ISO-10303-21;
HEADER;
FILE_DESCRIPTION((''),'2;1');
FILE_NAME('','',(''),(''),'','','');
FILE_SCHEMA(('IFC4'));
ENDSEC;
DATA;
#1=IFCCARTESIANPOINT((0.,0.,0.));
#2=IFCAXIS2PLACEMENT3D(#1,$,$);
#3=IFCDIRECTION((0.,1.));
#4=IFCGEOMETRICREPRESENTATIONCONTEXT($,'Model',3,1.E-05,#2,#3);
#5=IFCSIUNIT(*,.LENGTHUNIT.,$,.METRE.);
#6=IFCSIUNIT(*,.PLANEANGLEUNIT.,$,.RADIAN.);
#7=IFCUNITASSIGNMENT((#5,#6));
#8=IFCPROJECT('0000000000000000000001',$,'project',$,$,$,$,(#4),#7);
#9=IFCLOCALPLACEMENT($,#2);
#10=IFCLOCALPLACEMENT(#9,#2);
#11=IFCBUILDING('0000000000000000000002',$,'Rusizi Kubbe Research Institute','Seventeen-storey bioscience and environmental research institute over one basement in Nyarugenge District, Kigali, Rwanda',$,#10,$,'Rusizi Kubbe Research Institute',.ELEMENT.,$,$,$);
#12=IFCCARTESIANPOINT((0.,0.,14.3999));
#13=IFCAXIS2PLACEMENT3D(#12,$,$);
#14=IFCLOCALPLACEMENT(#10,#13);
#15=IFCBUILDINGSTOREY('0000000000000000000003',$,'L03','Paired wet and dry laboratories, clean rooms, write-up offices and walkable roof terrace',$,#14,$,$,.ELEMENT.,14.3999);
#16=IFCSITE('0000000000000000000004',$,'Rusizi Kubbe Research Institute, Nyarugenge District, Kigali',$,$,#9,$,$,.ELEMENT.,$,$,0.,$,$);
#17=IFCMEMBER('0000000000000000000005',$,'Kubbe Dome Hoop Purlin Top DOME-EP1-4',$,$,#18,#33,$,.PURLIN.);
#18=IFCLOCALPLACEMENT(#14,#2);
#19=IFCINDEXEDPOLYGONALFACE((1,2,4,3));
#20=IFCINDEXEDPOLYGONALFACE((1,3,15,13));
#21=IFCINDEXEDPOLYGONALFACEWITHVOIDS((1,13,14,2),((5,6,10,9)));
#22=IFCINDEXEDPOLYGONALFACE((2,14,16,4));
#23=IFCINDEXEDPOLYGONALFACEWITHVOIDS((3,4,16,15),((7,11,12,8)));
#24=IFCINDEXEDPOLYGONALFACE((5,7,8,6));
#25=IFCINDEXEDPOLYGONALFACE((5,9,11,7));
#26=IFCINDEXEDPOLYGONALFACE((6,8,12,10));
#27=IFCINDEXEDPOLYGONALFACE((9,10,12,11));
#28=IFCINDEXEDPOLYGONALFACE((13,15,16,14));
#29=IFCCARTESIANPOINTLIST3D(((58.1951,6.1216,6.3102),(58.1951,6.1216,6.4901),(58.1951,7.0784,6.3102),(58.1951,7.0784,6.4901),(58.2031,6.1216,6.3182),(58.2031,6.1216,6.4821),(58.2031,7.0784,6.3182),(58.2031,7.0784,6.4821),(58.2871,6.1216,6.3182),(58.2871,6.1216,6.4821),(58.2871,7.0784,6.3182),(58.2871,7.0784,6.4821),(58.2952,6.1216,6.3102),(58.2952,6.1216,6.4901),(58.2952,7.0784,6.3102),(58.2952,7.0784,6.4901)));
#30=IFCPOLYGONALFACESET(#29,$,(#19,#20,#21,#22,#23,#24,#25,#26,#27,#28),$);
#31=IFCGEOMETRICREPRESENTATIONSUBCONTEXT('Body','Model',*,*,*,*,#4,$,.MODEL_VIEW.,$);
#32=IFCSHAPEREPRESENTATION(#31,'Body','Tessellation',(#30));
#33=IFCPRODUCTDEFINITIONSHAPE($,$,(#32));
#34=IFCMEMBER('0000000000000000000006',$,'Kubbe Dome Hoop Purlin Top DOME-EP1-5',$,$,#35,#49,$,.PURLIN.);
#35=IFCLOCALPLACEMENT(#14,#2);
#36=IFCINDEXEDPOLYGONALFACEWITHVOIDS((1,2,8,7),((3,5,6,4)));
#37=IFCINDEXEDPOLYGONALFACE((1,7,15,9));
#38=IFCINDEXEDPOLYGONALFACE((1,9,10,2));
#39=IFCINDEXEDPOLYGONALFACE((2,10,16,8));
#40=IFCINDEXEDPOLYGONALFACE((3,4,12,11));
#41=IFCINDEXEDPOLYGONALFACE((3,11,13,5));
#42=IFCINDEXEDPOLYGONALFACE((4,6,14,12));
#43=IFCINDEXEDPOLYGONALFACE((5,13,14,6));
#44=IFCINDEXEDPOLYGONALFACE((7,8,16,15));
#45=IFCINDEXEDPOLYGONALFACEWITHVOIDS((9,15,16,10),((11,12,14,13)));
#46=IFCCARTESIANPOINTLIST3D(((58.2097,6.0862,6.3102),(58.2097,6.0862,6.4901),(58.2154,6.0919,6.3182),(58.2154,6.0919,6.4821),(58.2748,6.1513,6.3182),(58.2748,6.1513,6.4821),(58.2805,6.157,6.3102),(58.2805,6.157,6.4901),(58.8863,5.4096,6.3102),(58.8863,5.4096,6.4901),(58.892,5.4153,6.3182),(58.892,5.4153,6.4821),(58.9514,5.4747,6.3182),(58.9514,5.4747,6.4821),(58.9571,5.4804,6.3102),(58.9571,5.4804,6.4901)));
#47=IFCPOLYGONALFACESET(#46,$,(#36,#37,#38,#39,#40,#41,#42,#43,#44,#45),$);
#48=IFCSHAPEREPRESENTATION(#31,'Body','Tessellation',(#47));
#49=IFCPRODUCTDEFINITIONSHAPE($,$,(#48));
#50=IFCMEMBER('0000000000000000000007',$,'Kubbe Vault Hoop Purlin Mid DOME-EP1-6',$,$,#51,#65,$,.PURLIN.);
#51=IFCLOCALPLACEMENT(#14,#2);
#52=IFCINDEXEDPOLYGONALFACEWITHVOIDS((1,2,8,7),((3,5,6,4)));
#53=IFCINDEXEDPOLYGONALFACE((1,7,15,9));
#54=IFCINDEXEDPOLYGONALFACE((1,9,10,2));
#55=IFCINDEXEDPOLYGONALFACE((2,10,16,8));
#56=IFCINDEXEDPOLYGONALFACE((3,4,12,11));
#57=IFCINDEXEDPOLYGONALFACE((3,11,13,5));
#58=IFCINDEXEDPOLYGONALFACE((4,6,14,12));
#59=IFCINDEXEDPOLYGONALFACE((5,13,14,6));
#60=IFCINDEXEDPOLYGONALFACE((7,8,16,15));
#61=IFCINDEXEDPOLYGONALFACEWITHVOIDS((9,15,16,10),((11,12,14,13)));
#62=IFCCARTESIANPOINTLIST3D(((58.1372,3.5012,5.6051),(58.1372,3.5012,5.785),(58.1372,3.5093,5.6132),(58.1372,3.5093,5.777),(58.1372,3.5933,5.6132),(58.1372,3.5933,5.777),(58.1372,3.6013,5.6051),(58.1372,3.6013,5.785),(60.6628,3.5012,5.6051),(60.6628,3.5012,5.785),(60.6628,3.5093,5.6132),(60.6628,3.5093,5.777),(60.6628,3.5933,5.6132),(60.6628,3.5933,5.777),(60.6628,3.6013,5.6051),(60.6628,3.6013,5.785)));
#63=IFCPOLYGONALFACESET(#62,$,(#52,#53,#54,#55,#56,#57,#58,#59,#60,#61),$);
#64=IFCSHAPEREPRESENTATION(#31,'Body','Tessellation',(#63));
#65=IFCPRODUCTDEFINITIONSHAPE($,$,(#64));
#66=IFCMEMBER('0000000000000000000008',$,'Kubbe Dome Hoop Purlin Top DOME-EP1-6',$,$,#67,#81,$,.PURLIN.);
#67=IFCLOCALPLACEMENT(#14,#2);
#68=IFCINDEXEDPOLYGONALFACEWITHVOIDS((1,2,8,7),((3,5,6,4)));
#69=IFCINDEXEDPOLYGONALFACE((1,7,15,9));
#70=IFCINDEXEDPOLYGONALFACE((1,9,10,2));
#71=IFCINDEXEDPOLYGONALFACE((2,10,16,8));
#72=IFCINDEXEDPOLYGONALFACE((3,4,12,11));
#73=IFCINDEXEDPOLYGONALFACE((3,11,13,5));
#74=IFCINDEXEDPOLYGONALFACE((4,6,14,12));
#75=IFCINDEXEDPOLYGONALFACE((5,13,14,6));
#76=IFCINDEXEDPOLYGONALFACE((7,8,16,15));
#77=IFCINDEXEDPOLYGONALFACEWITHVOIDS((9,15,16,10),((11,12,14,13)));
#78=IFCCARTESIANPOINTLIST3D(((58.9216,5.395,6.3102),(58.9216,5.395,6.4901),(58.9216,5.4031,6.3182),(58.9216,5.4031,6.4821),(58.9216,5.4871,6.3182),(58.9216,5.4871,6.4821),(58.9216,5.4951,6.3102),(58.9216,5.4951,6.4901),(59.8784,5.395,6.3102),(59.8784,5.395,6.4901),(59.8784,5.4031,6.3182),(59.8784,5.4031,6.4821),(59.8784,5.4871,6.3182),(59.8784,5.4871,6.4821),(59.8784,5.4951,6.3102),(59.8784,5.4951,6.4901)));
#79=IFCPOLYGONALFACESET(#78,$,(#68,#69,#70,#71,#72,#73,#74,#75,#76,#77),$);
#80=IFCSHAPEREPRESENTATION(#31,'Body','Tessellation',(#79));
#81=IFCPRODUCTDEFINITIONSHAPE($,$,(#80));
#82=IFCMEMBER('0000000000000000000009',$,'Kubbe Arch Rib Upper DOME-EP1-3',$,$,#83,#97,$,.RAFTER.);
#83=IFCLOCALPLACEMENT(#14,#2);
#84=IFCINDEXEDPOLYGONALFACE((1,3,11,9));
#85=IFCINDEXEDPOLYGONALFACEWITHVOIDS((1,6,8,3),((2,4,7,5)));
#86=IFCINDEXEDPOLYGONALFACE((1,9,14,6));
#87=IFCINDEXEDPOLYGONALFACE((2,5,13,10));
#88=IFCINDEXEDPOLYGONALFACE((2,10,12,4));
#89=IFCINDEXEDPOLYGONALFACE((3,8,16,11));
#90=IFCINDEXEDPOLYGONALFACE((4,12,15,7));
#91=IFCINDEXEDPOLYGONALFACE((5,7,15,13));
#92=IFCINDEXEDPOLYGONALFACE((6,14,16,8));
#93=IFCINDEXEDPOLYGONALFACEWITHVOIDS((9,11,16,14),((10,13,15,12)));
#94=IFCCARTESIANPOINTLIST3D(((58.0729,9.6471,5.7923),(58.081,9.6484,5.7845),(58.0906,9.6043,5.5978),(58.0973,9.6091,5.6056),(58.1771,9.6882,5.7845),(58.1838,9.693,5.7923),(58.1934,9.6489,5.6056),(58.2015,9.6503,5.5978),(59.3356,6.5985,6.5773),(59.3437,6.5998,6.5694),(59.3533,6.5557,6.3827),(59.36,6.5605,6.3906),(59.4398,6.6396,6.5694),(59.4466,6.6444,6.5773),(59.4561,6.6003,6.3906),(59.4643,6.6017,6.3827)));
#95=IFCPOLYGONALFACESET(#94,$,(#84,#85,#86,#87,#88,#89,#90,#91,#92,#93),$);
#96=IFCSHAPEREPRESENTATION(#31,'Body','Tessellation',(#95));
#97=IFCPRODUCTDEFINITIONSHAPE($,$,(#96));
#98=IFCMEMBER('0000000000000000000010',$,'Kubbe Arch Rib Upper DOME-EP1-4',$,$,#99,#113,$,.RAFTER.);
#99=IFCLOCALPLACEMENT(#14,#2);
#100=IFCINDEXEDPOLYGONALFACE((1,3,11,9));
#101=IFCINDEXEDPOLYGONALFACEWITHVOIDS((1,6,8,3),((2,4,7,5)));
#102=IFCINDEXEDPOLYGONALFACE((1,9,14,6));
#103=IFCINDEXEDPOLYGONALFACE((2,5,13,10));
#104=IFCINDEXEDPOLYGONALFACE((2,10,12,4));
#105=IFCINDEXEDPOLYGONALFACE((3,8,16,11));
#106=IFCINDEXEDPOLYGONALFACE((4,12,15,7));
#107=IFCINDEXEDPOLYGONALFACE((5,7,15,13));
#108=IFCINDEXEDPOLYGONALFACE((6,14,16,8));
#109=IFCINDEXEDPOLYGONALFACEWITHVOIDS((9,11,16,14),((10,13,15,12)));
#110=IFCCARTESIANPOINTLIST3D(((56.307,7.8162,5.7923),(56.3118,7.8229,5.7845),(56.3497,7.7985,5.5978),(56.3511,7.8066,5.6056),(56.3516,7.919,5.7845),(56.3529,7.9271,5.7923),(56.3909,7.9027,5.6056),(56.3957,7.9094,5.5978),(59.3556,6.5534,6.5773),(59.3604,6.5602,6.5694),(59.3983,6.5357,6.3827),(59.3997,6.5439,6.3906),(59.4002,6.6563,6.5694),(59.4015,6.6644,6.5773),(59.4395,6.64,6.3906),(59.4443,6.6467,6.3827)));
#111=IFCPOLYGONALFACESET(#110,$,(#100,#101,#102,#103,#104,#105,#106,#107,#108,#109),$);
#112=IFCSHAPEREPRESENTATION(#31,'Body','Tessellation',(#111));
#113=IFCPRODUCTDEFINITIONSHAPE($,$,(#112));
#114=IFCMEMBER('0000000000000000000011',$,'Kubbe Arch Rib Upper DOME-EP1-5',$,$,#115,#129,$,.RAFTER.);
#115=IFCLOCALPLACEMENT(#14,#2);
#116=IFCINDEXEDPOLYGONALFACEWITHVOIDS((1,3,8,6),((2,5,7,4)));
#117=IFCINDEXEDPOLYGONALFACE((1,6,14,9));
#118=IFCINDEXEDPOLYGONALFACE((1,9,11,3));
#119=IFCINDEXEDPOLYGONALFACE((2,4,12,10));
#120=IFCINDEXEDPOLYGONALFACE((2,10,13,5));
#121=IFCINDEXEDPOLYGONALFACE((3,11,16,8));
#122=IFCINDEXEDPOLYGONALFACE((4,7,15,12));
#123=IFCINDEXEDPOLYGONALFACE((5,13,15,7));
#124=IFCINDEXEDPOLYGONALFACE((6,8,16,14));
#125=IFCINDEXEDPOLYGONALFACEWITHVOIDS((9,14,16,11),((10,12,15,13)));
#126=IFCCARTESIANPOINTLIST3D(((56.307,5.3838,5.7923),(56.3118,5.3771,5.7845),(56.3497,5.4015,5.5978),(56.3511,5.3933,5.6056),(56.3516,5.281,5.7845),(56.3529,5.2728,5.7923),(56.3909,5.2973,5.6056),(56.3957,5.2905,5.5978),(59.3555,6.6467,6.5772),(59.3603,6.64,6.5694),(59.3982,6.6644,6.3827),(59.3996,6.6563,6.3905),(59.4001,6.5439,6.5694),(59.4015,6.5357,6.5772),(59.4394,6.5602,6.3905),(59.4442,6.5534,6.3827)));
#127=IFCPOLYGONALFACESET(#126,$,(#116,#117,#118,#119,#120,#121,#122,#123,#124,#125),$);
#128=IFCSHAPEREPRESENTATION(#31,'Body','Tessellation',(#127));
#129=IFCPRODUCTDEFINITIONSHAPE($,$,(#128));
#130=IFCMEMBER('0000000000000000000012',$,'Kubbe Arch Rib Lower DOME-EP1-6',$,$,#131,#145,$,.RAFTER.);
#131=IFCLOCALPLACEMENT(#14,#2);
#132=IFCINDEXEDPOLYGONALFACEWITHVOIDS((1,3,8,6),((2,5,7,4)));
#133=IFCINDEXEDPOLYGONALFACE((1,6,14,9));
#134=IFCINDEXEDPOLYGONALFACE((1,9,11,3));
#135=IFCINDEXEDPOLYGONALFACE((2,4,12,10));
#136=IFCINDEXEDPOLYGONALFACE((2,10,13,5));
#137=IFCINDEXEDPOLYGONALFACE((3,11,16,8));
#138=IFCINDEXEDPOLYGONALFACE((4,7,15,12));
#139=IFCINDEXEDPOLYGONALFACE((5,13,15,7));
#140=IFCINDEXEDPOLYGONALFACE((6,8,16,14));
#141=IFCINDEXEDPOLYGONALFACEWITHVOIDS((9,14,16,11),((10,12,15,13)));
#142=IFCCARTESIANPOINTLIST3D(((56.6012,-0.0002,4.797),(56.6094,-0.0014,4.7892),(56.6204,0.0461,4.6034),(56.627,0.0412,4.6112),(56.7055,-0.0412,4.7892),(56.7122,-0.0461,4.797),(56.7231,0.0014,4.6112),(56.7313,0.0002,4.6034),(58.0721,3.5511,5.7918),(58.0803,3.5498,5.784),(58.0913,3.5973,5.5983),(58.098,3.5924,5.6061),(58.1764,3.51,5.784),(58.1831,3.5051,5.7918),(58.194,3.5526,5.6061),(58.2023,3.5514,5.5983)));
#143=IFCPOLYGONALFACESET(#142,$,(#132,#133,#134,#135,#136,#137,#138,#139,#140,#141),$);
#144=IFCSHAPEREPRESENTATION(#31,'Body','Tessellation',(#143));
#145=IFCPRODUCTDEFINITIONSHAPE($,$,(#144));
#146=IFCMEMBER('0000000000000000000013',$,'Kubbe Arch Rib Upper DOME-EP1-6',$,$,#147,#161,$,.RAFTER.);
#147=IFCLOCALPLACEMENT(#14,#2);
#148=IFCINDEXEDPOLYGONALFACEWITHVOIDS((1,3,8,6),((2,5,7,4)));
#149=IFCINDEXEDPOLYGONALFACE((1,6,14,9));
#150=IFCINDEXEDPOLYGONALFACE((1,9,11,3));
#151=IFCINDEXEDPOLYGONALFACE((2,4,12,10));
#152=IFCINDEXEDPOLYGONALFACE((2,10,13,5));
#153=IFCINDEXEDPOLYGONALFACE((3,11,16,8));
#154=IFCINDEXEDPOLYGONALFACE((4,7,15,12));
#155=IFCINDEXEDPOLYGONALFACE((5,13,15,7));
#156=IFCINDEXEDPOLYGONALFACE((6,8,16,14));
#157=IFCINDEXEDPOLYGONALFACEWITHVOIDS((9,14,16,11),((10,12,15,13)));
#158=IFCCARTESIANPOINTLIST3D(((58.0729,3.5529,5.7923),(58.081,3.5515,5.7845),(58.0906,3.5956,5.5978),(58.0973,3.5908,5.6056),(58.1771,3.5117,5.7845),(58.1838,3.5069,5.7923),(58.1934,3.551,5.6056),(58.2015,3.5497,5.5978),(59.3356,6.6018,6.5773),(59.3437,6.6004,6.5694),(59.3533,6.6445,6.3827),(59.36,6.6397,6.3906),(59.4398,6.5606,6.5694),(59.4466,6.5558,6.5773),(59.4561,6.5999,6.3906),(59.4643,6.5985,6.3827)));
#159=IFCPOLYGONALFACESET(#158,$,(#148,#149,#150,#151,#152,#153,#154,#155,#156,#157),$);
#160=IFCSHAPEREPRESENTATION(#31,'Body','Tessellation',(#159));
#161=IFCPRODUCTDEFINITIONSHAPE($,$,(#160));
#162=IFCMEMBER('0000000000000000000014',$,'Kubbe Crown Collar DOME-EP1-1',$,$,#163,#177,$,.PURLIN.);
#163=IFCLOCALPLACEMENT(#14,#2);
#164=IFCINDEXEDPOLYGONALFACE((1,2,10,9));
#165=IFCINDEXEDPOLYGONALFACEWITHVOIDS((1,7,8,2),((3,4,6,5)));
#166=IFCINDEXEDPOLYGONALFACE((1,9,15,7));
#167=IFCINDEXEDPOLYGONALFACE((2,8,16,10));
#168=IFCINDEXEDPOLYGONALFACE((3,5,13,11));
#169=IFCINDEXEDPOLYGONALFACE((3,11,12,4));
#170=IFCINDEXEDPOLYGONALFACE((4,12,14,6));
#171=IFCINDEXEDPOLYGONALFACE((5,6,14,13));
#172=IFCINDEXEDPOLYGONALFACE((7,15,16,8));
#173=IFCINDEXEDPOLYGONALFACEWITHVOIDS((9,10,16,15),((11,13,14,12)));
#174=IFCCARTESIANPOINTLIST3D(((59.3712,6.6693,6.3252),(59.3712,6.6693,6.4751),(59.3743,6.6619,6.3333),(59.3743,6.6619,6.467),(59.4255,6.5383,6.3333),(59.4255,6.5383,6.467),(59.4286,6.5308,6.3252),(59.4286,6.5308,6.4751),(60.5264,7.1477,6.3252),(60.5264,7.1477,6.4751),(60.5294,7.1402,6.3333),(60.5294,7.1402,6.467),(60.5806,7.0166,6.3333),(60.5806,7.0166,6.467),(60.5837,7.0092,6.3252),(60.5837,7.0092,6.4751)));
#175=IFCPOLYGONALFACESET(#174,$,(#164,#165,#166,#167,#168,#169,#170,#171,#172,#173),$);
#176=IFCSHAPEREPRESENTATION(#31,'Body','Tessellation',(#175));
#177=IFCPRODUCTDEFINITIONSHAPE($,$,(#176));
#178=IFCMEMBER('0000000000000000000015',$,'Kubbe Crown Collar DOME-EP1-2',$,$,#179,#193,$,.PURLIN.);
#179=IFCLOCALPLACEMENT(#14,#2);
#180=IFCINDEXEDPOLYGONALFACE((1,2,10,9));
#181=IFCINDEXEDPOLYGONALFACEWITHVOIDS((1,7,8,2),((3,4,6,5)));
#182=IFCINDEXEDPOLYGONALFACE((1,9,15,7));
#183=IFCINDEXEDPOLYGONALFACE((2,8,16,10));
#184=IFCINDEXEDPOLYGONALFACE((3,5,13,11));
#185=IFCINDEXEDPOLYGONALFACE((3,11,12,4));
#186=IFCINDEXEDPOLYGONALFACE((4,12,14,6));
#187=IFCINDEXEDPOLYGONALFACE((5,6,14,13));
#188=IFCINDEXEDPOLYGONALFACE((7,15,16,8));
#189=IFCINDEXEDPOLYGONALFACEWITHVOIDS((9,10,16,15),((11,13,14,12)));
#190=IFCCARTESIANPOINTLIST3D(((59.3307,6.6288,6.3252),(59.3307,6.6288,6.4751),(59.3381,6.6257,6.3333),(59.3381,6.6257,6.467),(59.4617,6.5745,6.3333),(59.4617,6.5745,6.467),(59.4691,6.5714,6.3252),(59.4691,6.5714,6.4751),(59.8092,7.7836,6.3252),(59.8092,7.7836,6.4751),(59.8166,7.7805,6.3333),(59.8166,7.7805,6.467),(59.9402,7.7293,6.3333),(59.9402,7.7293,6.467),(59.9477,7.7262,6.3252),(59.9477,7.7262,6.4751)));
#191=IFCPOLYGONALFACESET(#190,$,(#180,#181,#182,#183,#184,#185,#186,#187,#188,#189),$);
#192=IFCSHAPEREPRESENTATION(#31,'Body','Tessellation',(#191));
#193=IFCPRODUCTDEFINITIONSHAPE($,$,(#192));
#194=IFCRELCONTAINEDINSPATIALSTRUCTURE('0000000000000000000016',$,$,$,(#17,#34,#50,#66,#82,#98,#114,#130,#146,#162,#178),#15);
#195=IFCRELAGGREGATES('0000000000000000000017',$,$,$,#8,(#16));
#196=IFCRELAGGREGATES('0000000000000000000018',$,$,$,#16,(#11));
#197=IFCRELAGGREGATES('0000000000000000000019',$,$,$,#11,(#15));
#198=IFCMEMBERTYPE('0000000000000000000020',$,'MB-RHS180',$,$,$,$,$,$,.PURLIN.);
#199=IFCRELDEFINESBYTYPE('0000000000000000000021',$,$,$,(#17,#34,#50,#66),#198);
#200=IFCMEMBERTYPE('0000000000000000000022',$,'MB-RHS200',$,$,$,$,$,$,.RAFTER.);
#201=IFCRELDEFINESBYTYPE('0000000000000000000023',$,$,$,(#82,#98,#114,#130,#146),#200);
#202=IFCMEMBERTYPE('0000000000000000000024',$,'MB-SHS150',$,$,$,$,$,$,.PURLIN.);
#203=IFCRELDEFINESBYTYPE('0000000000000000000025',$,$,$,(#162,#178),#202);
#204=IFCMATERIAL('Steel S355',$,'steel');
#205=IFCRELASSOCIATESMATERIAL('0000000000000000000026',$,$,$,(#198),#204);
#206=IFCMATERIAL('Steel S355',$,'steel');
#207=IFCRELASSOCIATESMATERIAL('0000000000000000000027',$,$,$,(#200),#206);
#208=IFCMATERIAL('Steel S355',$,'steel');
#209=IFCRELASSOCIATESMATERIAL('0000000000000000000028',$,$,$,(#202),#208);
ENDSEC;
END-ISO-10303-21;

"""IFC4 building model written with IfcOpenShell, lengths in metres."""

from ifc_helpers import new_model, si_unit, direction, frame, origin, origin_2d, place, context, subcontext, project, spatial, hollow_rectangle, extrude, material, material_profile, profile_set, type_object, element, save


model = new_model("IFC4")

# Units and contexts
model_context = context("Model", 3, precision=1e-05, world=origin(), true_north=direction((0.0, 1.0)))
body_context = subcontext(model_context, "Body", "Model", "MODEL_VIEW")
ifc_project = project(units=[si_unit("LENGTHUNIT", "METRE"), si_unit("PLANEANGLEUNIT", "RADIAN")], contexts=[model_context])

# Site, building, storey
site_placement = place(None, origin())
site = spatial("IfcSite", under=ifc_project, at=site_placement, Name="Rusizi Kubbe Research Institute, Nyarugenge District, Kigali", CompositionType="ELEMENT", RefElevation=0.0)
building_placement = place(site_placement, origin())
building = spatial("IfcBuilding", under=site, at=building_placement, Name="Rusizi Kubbe Research Institute", Description="Seventeen-storey bioscience and environmental research institute over one basement in Nyarugenge District, Kigali, Rwanda", LongName="Rusizi Kubbe Research Institute", CompositionType="ELEMENT")
storey_placement = place(building_placement, frame((0.0, 0.0, 14.3999)))
storey = spatial("IfcBuildingStorey", under=building, at=storey_placement, Name="L03", Description="Paired wet and dry laboratories, clean rooms, write-up offices and walkable roof terrace", CompositionType="ELEMENT", Elevation=14.3999)

# Members
ifc_material_1 = material(Name="Steel S355", Category="steel")
ifc_material_profile_1 = material_profile(ifc_material_1, hollow_rectangle(XDim=0.1001, YDim=0.1799, WallThickness=0.0081, at=origin_2d()), Name="RHS 180x100x8.0")
ifc_profile_set_1 = profile_set([ifc_material_profile_1], Name="Steel S355")
member_type_1 = type_object("IfcMemberType", Name="MB-RHS180", PredefinedType="PURLIN", material=ifc_profile_set_1)
for number, where, z_axis, x_axis, name in (
    (1, (58.2451, 7.0784, 6.4001), (0.0, -1.0, 0.0), (1.0, 0.0, 0.0), "Kubbe Dome Hoop Purlin Top DOME-EP1-4"),
    (2, (58.2451, 6.1216, 6.4001), (0.707107, -0.707107, 0.0), (0.707107, 0.707107, 0.0), "Kubbe Dome Hoop Purlin Top DOME-EP1-5"),
):
    element("IfcMember", number, at=place(storey_placement, frame(where, z_axis=z_axis, x_axis=x_axis)), inside=storey, type_object=member_type_1, Name=name, PredefinedType="PURLIN", context=body_context, shape_type="SweptSolid", body=[
        extrude(hollow_rectangle(XDim=0.1001, YDim=0.1799, WallThickness=0.0081, at=origin_2d()), origin(), (0.0, 0.0, 1.0), 0.9568),
    ])
member_1_placement = place(storey_placement, frame((58.1372, 3.5513, 5.6951), z_axis=(1.0, 0.0, 0.0), x_axis=(0.0, 1.0, 0.0)))
element("IfcMember", 3, at=member_1_placement, inside=storey, type_object=member_type_1, Name="Kubbe Vault Hoop Purlin Mid DOME-EP1-6", PredefinedType="PURLIN", context=body_context, shape_type="SweptSolid", body=[
    extrude(hollow_rectangle(XDim=0.1001, YDim=0.1799, WallThickness=0.0081, at=origin_2d()), origin(), (0.0, 0.0, 1.0), 2.5256),
])
member_2_placement = place(storey_placement, frame((58.9216, 5.4451, 6.4001), z_axis=(1.0, 0.0, 0.0), x_axis=(0.0, 1.0, 0.0)))
element("IfcMember", 4, at=member_2_placement, inside=storey, type_object=member_type_1, Name="Kubbe Dome Hoop Purlin Top DOME-EP1-6", PredefinedType="PURLIN", context=body_context, shape_type="SweptSolid", body=[
    extrude(hollow_rectangle(XDim=0.1001, YDim=0.1799, WallThickness=0.0081, at=origin_2d()), origin(), (0.0, 0.0, 1.0), 0.9568),
])
ifc_material_2 = material(Name="Steel S355", Category="steel")
ifc_material_profile_2 = material_profile(ifc_material_2, hollow_rectangle(XDim=0.1201, YDim=0.2, WallThickness=0.0081, at=origin_2d()), Name="RHS 200x120x8.0")
ifc_profile_set_2 = profile_set([ifc_material_profile_2], Name="Steel S355")
member_type_2 = type_object("IfcMemberType", Name="MB-RHS200", PredefinedType="RAFTER", material=ifc_profile_set_2)
for number, where, z_axis, x_axis, name in (
    (5, (58.1372, 9.6487, 5.6951), (0.372278, -0.898808, 0.231414), (0.923887, 0.382665, 0.0), "Kubbe Arch Rib Upper DOME-EP1-3"),
    (6, (56.3513, 7.8628, 5.6951), (0.898808, -0.372278, 0.231414), (0.382665, 0.923887, 0.0), "Kubbe Arch Rib Upper DOME-EP1-4"),
    (7, (56.3513, 5.3372, 5.6951), (0.898784, 0.37234, 0.231408), (-0.382729, 0.923861, 0.0), "Kubbe Arch Rib Upper DOME-EP1-5"),
):
    element("IfcMember", number, at=place(storey_placement, frame(where, z_axis=z_axis, x_axis=x_axis)), inside=storey, type_object=member_type_2, Name=name, PredefinedType="RAFTER", context=body_context, shape_type="SweptSolid", body=[
        extrude(hollow_rectangle(XDim=0.1201, YDim=0.2, WallThickness=0.0081, at=origin_2d()), origin(), (0.0, 0.0, 1.0), 3.3918),
    ])
member_3_placement = place(storey_placement, frame((56.6663, 0.0, 4.7002), z_axis=(0.370468, 0.894411, 0.250565), x_axis=(-0.923883, 0.382675, 0.0)))
element("IfcMember", 8, at=member_3_placement, inside=storey, type_object=member_type_2, Name="Kubbe Arch Rib Lower DOME-EP1-6", PredefinedType="RAFTER", context=body_context, shape_type="SweptSolid", body=[
    extrude(hollow_rectangle(XDim=0.1201, YDim=0.2, WallThickness=0.0081, at=origin_2d()), origin(), (0.0, 0.0, 1.0), 3.9705),
])
member_4_placement = place(storey_placement, frame((58.1372, 3.5513, 5.6951), z_axis=(0.372254, 0.898822, 0.231399), x_axis=(-0.923898, 0.382639, 0.0)))
element("IfcMember", 9, at=member_4_placement, inside=storey, type_object=member_type_2, Name="Kubbe Arch Rib Upper DOME-EP1-6", PredefinedType="RAFTER", context=body_context, shape_type="SweptSolid", body=[
    extrude(hollow_rectangle(XDim=0.1201, YDim=0.2, WallThickness=0.0081, at=origin_2d()), origin(), (0.0, 0.0, 1.0), 3.3921),
])
ifc_material_3 = material(Name="Steel S355", Category="steel")
ifc_material_profile_3 = material_profile(ifc_material_3, hollow_rectangle(XDim=0.1499, YDim=0.1499, WallThickness=0.0081, at=origin_2d()), Name="SHS 150x150x8.0")
ifc_profile_set_3 = profile_set([ifc_material_profile_3], Name="Steel S355")
member_type_3 = type_object("IfcMemberType", Name="MB-SHS150", PredefinedType="PURLIN", material=ifc_profile_set_3)
member_5_placement = place(storey_placement, frame((59.3999, 6.6001, 6.4001), z_axis=(0.923924, 0.382576, 0.0), x_axis=(-0.382576, 0.923924, 0.0)))
element("IfcMember", 10, at=member_5_placement, inside=storey, type_object=member_type_3, Name="Kubbe Crown Collar DOME-EP1-1", PredefinedType="PURLIN", context=body_context, shape_type="SweptSolid", body=[
    extrude(hollow_rectangle(XDim=0.1499, YDim=0.1499, WallThickness=0.0081, at=origin_2d()), origin(), (0.0, 0.0, 1.0), 1.2502),
])
for number, where, z_axis, x_axis, name in (
    (11, (59.3999, 6.6001, 6.4001), (0.382812, 0.923826, 0.0), (-0.923826, 0.382812, 0.0), "Kubbe Crown Collar DOME-EP1-2"),
):
    element("IfcMember", number, at=place(storey_placement, frame(where, z_axis=z_axis, x_axis=x_axis)), inside=storey, type_object=member_type_3, Name=name, PredefinedType="PURLIN", context=body_context, shape_type="SweptSolid", body=[
        extrude(hollow_rectangle(XDim=0.1499, YDim=0.1499, WallThickness=0.0081, at=origin_2d()), origin(), (0.0, 0.0, 1.0), 1.25),
    ])

save(model, "model.ifc")
